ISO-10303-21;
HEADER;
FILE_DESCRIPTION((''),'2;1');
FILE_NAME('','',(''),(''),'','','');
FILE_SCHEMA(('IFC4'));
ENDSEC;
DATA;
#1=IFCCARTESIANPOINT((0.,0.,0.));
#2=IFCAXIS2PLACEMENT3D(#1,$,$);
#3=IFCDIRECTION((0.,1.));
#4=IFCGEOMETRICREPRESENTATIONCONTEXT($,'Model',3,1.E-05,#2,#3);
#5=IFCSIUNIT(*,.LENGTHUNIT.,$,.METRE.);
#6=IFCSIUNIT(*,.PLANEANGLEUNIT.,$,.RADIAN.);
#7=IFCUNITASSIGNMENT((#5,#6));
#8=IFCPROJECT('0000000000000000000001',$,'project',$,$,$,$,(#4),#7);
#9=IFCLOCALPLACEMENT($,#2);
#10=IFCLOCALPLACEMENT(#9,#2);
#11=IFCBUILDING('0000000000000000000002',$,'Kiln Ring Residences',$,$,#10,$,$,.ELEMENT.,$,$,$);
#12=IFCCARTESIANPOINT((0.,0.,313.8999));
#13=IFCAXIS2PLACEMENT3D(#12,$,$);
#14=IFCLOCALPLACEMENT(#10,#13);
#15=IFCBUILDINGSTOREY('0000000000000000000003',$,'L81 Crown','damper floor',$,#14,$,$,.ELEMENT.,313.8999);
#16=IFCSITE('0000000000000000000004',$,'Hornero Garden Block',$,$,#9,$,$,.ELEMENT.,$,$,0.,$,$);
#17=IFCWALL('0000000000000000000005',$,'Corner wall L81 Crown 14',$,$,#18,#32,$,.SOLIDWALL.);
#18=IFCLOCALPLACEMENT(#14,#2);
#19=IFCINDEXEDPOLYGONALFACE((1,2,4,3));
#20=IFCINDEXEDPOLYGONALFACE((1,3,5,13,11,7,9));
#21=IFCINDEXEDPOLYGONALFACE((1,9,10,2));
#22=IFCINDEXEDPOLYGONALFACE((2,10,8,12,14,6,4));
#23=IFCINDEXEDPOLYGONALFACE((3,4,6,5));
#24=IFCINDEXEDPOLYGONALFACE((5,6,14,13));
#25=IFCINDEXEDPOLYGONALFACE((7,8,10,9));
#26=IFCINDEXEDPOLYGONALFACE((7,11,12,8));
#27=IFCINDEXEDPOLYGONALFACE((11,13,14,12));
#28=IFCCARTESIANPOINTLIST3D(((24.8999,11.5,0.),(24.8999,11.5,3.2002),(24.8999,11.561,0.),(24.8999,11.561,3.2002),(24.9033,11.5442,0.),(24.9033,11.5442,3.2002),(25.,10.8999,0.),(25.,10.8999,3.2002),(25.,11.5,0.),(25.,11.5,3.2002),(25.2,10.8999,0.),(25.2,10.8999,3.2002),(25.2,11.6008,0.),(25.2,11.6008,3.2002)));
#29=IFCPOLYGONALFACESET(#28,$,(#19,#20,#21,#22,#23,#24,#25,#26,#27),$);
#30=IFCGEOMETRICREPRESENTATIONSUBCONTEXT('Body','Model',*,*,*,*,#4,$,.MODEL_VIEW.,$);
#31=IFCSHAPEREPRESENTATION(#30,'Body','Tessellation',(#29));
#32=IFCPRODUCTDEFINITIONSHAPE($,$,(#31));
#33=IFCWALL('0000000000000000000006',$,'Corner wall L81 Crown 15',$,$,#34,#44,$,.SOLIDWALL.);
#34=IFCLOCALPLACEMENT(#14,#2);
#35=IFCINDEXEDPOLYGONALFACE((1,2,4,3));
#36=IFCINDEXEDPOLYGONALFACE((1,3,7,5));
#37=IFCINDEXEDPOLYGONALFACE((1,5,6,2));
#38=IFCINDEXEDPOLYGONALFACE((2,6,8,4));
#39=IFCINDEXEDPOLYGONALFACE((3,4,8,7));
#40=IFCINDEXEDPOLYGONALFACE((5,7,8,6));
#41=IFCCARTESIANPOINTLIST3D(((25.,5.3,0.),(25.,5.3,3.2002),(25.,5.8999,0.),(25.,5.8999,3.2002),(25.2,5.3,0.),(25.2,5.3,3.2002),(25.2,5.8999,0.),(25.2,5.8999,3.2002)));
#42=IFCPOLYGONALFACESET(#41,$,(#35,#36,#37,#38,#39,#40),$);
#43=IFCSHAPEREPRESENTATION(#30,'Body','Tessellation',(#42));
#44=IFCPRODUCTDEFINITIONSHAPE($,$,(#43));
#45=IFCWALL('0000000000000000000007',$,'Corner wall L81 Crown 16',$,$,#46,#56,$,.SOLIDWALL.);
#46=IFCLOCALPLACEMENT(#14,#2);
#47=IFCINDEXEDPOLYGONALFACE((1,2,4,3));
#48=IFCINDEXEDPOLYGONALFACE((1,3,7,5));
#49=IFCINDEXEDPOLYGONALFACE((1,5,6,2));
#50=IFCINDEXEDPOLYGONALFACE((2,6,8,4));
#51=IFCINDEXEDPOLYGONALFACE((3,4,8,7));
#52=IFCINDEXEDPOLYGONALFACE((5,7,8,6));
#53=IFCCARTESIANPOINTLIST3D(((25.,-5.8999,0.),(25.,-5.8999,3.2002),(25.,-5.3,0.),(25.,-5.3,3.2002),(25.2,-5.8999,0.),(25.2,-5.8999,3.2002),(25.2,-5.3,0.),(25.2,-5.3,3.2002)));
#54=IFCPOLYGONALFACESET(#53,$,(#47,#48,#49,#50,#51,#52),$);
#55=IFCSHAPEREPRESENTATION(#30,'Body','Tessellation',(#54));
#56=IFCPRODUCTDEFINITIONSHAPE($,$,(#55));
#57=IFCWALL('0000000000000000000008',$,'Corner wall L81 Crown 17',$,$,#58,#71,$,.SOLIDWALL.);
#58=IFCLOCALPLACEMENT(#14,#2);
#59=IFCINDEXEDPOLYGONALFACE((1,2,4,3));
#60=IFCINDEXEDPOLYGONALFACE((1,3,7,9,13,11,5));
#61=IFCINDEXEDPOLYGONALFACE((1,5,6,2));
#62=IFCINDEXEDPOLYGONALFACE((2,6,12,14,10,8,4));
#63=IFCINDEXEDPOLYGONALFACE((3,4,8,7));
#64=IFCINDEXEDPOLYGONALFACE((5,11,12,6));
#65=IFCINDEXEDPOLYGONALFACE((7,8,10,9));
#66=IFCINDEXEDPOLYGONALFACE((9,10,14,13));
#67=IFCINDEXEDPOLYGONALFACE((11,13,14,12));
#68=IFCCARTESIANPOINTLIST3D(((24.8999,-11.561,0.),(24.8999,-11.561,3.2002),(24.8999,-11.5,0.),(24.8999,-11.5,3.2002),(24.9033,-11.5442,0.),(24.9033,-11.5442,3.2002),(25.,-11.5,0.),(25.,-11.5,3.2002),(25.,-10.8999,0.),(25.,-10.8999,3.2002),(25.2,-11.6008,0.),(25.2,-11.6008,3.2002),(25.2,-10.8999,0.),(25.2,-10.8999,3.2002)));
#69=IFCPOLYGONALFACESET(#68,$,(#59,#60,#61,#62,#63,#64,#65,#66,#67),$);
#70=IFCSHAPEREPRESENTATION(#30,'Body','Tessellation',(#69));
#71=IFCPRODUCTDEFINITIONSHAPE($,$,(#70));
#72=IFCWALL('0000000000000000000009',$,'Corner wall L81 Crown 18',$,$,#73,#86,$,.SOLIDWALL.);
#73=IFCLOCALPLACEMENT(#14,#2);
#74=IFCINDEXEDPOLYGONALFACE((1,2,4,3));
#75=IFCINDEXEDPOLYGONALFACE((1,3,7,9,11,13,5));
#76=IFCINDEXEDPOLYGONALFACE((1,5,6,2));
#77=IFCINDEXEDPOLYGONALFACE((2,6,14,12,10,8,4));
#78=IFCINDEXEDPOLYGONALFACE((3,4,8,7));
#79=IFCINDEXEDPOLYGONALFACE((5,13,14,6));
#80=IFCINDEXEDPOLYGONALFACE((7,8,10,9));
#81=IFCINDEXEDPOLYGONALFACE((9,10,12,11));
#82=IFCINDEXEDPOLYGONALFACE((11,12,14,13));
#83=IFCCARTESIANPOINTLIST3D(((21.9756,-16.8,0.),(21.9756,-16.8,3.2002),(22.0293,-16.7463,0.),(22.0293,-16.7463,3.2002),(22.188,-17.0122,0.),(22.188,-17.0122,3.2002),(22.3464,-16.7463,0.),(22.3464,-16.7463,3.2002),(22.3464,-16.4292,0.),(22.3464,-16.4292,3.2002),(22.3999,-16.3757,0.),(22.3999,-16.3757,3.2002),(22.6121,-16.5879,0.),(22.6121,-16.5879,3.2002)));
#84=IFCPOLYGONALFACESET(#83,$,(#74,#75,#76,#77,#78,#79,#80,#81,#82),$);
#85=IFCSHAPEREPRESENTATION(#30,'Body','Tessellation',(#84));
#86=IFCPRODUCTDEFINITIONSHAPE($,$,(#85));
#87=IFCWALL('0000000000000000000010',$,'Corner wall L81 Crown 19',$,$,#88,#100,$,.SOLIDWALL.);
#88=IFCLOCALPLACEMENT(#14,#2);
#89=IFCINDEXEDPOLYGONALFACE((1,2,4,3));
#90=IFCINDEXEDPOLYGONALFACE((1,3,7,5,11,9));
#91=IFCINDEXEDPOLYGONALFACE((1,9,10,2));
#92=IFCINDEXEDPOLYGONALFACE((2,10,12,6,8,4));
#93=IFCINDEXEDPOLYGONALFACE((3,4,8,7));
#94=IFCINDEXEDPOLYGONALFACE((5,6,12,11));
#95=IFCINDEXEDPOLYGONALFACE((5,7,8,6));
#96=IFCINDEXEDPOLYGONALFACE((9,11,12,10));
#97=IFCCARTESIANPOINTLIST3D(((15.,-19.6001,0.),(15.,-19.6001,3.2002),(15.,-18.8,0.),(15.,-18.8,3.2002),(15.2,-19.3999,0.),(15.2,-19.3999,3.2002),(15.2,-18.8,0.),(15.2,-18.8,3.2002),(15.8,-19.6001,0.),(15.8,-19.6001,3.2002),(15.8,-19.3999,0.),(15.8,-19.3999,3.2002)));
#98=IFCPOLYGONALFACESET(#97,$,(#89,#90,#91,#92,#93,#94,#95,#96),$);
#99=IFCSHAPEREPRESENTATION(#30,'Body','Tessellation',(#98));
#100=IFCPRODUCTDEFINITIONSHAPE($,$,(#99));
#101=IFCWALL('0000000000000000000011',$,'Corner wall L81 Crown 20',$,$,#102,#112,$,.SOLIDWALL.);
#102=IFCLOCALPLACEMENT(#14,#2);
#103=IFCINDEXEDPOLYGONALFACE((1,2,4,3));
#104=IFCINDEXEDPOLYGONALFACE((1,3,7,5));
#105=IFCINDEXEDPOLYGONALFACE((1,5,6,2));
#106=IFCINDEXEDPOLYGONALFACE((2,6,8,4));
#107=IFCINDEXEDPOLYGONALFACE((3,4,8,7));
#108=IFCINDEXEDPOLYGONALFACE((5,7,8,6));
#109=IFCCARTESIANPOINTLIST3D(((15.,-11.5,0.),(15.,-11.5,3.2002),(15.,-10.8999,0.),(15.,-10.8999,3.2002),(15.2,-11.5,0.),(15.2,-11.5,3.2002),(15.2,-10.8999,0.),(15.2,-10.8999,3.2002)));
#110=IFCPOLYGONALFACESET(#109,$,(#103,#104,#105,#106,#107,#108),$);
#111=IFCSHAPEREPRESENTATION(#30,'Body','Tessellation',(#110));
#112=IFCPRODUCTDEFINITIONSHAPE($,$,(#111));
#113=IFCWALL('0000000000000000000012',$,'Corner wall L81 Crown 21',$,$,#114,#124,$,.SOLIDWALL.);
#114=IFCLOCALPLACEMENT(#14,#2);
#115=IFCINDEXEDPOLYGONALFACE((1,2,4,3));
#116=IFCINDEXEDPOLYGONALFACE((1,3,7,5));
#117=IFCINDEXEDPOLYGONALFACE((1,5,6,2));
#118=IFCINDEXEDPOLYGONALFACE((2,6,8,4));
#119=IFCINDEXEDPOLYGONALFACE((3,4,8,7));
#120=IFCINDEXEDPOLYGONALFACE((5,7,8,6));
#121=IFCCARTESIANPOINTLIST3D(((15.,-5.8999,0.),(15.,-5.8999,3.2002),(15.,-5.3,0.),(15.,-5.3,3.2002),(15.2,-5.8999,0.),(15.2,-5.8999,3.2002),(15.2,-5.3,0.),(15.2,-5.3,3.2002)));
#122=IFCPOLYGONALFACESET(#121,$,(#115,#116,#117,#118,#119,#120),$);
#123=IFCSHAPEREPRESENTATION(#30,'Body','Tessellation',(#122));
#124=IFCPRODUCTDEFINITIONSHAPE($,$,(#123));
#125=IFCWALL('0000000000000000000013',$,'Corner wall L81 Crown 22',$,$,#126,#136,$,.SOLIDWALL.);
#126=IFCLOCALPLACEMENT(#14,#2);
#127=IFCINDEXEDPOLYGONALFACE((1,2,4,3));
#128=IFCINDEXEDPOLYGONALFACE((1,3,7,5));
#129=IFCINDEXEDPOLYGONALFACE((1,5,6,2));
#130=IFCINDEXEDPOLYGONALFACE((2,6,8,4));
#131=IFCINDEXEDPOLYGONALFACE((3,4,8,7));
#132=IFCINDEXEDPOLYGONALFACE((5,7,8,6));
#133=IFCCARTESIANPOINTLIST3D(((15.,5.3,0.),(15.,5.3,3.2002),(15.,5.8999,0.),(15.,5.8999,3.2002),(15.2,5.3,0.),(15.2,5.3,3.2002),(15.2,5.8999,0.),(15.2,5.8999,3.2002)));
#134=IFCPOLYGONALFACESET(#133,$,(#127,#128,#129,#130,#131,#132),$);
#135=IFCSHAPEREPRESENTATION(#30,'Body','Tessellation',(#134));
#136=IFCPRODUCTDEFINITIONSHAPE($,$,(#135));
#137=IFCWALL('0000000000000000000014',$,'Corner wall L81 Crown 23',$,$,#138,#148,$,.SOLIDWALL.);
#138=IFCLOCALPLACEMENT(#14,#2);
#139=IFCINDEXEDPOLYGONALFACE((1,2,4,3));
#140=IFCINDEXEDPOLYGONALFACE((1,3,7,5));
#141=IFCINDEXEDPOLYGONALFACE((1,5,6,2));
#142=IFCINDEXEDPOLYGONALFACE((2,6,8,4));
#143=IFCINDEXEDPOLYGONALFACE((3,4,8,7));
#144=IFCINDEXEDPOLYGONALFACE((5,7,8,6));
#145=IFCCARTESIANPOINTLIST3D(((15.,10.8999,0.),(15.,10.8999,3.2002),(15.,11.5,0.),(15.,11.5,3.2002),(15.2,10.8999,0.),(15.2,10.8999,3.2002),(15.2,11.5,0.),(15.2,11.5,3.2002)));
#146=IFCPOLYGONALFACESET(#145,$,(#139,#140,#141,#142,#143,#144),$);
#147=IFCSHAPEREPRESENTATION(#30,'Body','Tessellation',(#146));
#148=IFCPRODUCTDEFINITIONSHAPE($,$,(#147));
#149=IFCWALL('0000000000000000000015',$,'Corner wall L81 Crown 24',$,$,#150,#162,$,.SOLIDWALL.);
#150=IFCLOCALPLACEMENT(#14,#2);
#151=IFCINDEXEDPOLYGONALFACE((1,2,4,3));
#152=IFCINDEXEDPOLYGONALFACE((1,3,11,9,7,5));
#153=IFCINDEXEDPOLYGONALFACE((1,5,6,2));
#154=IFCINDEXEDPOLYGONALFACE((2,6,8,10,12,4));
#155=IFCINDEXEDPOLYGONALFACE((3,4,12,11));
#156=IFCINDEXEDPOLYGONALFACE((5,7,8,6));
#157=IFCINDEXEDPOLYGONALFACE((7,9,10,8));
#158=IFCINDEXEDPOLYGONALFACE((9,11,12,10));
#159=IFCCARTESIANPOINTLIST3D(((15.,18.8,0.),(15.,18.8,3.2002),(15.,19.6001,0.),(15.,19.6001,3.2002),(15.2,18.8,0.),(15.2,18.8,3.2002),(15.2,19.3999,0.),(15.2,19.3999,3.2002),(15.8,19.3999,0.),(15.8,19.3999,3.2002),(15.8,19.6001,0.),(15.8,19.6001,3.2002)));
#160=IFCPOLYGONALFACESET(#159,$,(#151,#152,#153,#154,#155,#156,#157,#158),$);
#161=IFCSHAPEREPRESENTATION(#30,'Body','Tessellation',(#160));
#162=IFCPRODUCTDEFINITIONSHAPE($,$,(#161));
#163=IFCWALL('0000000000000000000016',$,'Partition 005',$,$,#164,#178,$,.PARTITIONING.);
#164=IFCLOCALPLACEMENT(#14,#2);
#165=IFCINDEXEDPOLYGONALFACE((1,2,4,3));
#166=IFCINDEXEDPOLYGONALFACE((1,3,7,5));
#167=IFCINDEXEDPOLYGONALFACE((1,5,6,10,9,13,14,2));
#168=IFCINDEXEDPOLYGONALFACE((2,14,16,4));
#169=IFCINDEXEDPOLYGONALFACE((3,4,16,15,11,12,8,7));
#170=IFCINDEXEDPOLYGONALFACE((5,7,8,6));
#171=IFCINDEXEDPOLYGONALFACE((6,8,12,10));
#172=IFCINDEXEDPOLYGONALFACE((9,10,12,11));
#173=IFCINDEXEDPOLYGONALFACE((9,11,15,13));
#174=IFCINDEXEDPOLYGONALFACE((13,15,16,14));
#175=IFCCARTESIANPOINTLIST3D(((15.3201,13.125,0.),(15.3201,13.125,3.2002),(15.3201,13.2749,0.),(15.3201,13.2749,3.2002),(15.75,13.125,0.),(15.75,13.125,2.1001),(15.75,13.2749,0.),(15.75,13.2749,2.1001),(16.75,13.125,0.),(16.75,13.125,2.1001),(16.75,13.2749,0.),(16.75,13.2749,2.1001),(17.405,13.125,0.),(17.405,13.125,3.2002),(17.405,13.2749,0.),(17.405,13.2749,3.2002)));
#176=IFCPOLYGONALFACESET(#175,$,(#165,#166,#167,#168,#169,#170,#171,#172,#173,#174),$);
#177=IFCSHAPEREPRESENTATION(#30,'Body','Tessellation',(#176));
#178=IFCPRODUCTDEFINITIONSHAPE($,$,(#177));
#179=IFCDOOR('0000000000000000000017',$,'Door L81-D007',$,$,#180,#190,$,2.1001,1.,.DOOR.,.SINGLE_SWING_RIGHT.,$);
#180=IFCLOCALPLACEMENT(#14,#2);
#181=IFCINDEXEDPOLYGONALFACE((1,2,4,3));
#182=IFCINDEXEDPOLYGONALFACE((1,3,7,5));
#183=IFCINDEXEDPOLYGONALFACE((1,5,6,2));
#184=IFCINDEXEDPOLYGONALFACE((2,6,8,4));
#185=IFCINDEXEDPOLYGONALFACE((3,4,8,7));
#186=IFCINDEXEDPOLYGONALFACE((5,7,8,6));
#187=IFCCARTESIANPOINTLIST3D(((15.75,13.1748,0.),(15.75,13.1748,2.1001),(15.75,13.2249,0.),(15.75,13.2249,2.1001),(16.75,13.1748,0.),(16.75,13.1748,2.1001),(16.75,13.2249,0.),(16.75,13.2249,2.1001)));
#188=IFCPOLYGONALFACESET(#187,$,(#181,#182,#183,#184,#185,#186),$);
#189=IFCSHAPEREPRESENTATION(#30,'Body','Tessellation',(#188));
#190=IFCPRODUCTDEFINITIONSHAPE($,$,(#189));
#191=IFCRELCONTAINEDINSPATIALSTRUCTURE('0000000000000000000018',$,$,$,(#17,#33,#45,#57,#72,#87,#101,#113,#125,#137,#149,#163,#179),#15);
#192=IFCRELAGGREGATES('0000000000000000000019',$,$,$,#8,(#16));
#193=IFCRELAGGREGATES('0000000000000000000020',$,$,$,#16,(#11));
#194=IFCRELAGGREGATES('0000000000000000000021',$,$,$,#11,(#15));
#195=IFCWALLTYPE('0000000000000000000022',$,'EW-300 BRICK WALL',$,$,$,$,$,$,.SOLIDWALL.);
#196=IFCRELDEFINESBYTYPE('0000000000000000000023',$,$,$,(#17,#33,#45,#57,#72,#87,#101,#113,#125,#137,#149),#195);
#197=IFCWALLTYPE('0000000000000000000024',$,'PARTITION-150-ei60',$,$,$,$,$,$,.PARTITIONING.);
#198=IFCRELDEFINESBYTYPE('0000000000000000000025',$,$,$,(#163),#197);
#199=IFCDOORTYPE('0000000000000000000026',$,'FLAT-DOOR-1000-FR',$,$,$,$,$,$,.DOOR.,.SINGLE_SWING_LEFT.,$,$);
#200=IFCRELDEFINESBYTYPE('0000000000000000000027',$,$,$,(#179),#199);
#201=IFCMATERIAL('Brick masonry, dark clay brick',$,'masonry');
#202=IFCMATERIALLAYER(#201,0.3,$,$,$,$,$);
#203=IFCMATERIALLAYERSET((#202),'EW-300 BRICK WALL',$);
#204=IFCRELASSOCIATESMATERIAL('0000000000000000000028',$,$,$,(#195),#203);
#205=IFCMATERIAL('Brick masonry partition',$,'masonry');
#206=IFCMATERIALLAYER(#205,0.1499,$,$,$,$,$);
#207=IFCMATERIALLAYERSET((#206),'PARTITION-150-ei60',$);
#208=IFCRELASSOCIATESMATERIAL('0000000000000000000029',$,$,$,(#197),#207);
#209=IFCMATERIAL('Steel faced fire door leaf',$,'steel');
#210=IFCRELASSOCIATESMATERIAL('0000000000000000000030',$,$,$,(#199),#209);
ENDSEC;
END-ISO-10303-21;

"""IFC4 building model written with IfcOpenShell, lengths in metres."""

from ifc_helpers import new_model, si_unit, direction, frame, frame_2d, origin, place, context, subcontext, project, spatial, polyline, rectangle, outline, extrude, material, layer, layer_set, type_object, element, fill, save


model = new_model("IFC4")

# Units and contexts
model_context = context("Model", 3, precision=1e-05, world=origin(), true_north=direction((0.0, 1.0)))
body_context = subcontext(model_context, "Body", "Model", "MODEL_VIEW")
ifc_project = project(units=[si_unit("LENGTHUNIT", "METRE"), si_unit("PLANEANGLEUNIT", "RADIAN")], contexts=[model_context])

# Site, building, storey
site_placement = place(None, origin())
site = spatial("IfcSite", under=ifc_project, at=site_placement, Name="Hornero Garden Block", CompositionType="ELEMENT", RefElevation=0.0)
building_placement = place(site_placement, origin())
building = spatial("IfcBuilding", under=site, at=building_placement, Name="Kiln Ring Residences", CompositionType="ELEMENT")
storey_placement = place(building_placement, frame((0.0, 0.0, 313.8999)))
storey = spatial("IfcBuildingStorey", under=building, at=storey_placement, Name="L81 Crown", Description="damper floor", CompositionType="ELEMENT", Elevation=313.8999)

# Shared definitions
ifc_material_1 = material(Name="Brick masonry, dark clay brick", Category="masonry")
ifc_layer_1 = layer(ifc_material_1, 0.3)
ifc_layer_set_1 = layer_set([ifc_layer_1], Name="EW-300 BRICK WALL")
wall_type_1 = type_object("IfcWallType", Name="EW-300 BRICK WALL", PredefinedType="SOLIDWALL", material=ifc_layer_set_1)

# Walls
placement = place(storey_placement, origin())
element("IfcWall", 1, at=placement, inside=storey, type_object=wall_type_1, Name="Corner wall L81 Crown 14", PredefinedType="SOLIDWALL", context=body_context, shape_type="SweptSolid", body=[
    extrude(outline(polyline([(25.2, 10.8999), (25.2, 11.6008), (24.9033, 11.5442), (24.8999, 11.561), (24.8999, 11.5), (25.0, 11.5), (25.0, 10.8999), (25.2, 10.8999)])), origin(), (0.0, 0.0, 1.0), 3.2002),
])
element("IfcWall", 2, at=placement, inside=storey, type_object=wall_type_1, Name="Corner wall L81 Crown 15", PredefinedType="SOLIDWALL", context=body_context, shape_type="SweptSolid", body=[
    extrude(outline(polyline([(25.0, 5.3), (25.2, 5.3), (25.2, 5.8999), (24.8999, 5.8999), (25.0, 5.8999), (25.0, 5.3)])), origin(), (0.0, 0.0, 1.0), 3.2002),
])
element("IfcWall", 3, at=placement, inside=storey, type_object=wall_type_1, Name="Corner wall L81 Crown 16", PredefinedType="SOLIDWALL", context=body_context, shape_type="SweptSolid", body=[
    extrude(outline(polyline([(25.0, -5.8999), (25.2, -5.8999), (25.2, -5.3), (25.0, -5.3), (25.0, -5.8999)])), origin(), (0.0, 0.0, 1.0), 3.2002),
])
element("IfcWall", 4, at=placement, inside=storey, type_object=wall_type_1, Name="Corner wall L81 Crown 17", PredefinedType="SOLIDWALL", context=body_context, shape_type="SweptSolid", body=[
    extrude(outline(polyline([(25.2, -11.6008), (25.2, -10.8999), (25.0, -10.8999), (25.0, -11.5), (24.8999, -11.5), (24.8999, -11.561), (24.9033, -11.5442), (25.2, -11.6008)])), origin(), (0.0, 0.0, 1.0), 3.2002),
])
element("IfcWall", 5, at=placement, inside=storey, type_object=wall_type_1, Name="Corner wall L81 Crown 18", PredefinedType="SOLIDWALL", context=body_context, shape_type="SweptSolid", body=[
    extrude(outline(polyline([(21.9756, -16.8), (22.188, -17.0122), (22.6121, -16.5879), (22.3999, -16.3757), (22.3464, -16.4292), (22.3464, -16.7463), (22.0293, -16.7463), (21.9756, -16.8)])), origin(), (0.0, 0.0, 1.0), 3.2002),
])
element("IfcWall", 6, at=placement, inside=storey, type_object=wall_type_1, Name="Corner wall L81 Crown 19", PredefinedType="SOLIDWALL", context=body_context, shape_type="SweptSolid", body=[
    extrude(outline(polyline([(15.0, -18.8), (15.0, -19.6001), (15.8, -19.6001), (15.8, -19.3999), (15.2, -19.3999), (15.2, -18.8), (15.0, -18.8)])), origin(), (0.0, 0.0, 1.0), 3.2002),
])
element("IfcWall", 7, at=placement, inside=storey, type_object=wall_type_1, Name="Corner wall L81 Crown 20", PredefinedType="SOLIDWALL", context=body_context, shape_type="SweptSolid", body=[
    extrude(outline(polyline([(15.2, -10.8999), (15.0, -10.8999), (15.0, -11.5), (15.2, -11.5), (15.2, -10.8999)])), origin(), (0.0, 0.0, 1.0), 3.2002),
])
element("IfcWall", 8, at=placement, inside=storey, type_object=wall_type_1, Name="Corner wall L81 Crown 21", PredefinedType="SOLIDWALL", context=body_context, shape_type="SweptSolid", body=[
    extrude(outline(polyline([(15.2, -5.3), (15.0, -5.3), (15.0, -5.8999), (15.3, -5.8999), (15.2, -5.8999), (15.2, -5.3)])), origin(), (0.0, 0.0, 1.0), 3.2002),
])
element("IfcWall", 9, at=placement, inside=storey, type_object=wall_type_1, Name="Corner wall L81 Crown 22", PredefinedType="SOLIDWALL", context=body_context, shape_type="SweptSolid", body=[
    extrude(outline(polyline([(15.3, 5.8999), (15.0, 5.8999), (15.0, 5.3), (15.3, 5.3), (15.2, 5.3), (15.2, 5.8999), (15.3, 5.8999)])), origin(), (0.0, 0.0, 1.0), 3.2002),
])
element("IfcWall", 10, at=placement, inside=storey, type_object=wall_type_1, Name="Corner wall L81 Crown 23", PredefinedType="SOLIDWALL", context=body_context, shape_type="SweptSolid", body=[
    extrude(outline(polyline([(15.2, 11.5), (15.0, 11.5), (15.0, 10.8999), (15.2, 10.8999), (15.2, 11.5)])), origin(), (0.0, 0.0, 1.0), 3.2002),
])
element("IfcWall", 11, at=placement, inside=storey, type_object=wall_type_1, Name="Corner wall L81 Crown 24", PredefinedType="SOLIDWALL", context=body_context, shape_type="SweptSolid", body=[
    extrude(outline(polyline([(15.8, 19.6001), (15.0, 19.6001), (15.0, 18.8), (15.2, 18.8), (15.2, 19.3999), (15.8, 19.3999), (15.8, 19.6001)])), origin(), (0.0, 0.0, 1.0), 3.2002),
])

# Wall, opening, door
ifc_material_2 = material(Name="Brick masonry partition", Category="masonry")
ifc_layer_2 = layer(ifc_material_2, 0.1499)
ifc_layer_set_2 = layer_set([ifc_layer_2], Name="PARTITION-150-ei60")
wall_type_2 = type_object("IfcWallType", Name="PARTITION-150-ei60", PredefinedType="PARTITIONING", material=ifc_layer_set_2)
wall_1_placement = place(storey_placement, frame((15.3201, 13.2, 0.0), z_axis=(0.0, 0.0, 1.0), x_axis=(1.0, 0.0, 0.0)))
wall_1 = element("IfcWall", 12, at=wall_1_placement, inside=storey, type_object=wall_type_2, Name="Partition 005", PredefinedType="PARTITIONING", context=body_context, shape_type="SweptSolid", body=[
    extrude(rectangle(XDim=2.085, YDim=0.1499, at=frame_2d((1.0425, 0.0))), origin(), (0.0, 0.0, 1.0), 3.2002),
])
opening_1_placement = place(wall_1_placement, frame((0.4299, 0.0, 0.0)))
opening_1 = element("IfcOpeningElement", 13, at=opening_1_placement, cuts=wall_1, PredefinedType="OPENING", context=body_context, shape_type="SweptSolid", body=[
    extrude(rectangle(XDim=1.0, YDim=2.1001, at=frame_2d((0.5, 1.05))), frame((0.0, 0.085, 0.0), z_axis=(0.0, -1.0, 0.0), x_axis=(1.0, 0.0, 0.0)), (0.0, 0.0, 1.0), 0.1699),
])
ifc_material_3 = material(Name="Steel faced fire door leaf", Category="steel")
door_type_1 = type_object("IfcDoorType", Name="FLAT-DOOR-1000-FR", OperationType="SINGLE_SWING_LEFT", PredefinedType="DOOR", material=ifc_material_3)
door_1_placement = place(opening_1_placement, origin())
door_1 = element("IfcDoor", 14, at=door_1_placement, inside=storey, type_object=door_type_1, Name="Door L81-D007", OperationType="SINGLE_SWING_RIGHT", OverallHeight=2.1001, OverallWidth=1.0, PredefinedType="DOOR", context=body_context, shape_type="SweptSolid", body=[
    extrude(rectangle(XDim=1.0, YDim=2.1001, at=frame_2d((0.5, 1.05))), frame((0.0, 0.0249, 0.0), z_axis=(0.0, -1.0, 0.0), x_axis=(1.0, 0.0, 0.0)), (0.0, 0.0, 1.0), 0.05),
])
fill(opening_1, door_1)

save(model, "model.ifc")
